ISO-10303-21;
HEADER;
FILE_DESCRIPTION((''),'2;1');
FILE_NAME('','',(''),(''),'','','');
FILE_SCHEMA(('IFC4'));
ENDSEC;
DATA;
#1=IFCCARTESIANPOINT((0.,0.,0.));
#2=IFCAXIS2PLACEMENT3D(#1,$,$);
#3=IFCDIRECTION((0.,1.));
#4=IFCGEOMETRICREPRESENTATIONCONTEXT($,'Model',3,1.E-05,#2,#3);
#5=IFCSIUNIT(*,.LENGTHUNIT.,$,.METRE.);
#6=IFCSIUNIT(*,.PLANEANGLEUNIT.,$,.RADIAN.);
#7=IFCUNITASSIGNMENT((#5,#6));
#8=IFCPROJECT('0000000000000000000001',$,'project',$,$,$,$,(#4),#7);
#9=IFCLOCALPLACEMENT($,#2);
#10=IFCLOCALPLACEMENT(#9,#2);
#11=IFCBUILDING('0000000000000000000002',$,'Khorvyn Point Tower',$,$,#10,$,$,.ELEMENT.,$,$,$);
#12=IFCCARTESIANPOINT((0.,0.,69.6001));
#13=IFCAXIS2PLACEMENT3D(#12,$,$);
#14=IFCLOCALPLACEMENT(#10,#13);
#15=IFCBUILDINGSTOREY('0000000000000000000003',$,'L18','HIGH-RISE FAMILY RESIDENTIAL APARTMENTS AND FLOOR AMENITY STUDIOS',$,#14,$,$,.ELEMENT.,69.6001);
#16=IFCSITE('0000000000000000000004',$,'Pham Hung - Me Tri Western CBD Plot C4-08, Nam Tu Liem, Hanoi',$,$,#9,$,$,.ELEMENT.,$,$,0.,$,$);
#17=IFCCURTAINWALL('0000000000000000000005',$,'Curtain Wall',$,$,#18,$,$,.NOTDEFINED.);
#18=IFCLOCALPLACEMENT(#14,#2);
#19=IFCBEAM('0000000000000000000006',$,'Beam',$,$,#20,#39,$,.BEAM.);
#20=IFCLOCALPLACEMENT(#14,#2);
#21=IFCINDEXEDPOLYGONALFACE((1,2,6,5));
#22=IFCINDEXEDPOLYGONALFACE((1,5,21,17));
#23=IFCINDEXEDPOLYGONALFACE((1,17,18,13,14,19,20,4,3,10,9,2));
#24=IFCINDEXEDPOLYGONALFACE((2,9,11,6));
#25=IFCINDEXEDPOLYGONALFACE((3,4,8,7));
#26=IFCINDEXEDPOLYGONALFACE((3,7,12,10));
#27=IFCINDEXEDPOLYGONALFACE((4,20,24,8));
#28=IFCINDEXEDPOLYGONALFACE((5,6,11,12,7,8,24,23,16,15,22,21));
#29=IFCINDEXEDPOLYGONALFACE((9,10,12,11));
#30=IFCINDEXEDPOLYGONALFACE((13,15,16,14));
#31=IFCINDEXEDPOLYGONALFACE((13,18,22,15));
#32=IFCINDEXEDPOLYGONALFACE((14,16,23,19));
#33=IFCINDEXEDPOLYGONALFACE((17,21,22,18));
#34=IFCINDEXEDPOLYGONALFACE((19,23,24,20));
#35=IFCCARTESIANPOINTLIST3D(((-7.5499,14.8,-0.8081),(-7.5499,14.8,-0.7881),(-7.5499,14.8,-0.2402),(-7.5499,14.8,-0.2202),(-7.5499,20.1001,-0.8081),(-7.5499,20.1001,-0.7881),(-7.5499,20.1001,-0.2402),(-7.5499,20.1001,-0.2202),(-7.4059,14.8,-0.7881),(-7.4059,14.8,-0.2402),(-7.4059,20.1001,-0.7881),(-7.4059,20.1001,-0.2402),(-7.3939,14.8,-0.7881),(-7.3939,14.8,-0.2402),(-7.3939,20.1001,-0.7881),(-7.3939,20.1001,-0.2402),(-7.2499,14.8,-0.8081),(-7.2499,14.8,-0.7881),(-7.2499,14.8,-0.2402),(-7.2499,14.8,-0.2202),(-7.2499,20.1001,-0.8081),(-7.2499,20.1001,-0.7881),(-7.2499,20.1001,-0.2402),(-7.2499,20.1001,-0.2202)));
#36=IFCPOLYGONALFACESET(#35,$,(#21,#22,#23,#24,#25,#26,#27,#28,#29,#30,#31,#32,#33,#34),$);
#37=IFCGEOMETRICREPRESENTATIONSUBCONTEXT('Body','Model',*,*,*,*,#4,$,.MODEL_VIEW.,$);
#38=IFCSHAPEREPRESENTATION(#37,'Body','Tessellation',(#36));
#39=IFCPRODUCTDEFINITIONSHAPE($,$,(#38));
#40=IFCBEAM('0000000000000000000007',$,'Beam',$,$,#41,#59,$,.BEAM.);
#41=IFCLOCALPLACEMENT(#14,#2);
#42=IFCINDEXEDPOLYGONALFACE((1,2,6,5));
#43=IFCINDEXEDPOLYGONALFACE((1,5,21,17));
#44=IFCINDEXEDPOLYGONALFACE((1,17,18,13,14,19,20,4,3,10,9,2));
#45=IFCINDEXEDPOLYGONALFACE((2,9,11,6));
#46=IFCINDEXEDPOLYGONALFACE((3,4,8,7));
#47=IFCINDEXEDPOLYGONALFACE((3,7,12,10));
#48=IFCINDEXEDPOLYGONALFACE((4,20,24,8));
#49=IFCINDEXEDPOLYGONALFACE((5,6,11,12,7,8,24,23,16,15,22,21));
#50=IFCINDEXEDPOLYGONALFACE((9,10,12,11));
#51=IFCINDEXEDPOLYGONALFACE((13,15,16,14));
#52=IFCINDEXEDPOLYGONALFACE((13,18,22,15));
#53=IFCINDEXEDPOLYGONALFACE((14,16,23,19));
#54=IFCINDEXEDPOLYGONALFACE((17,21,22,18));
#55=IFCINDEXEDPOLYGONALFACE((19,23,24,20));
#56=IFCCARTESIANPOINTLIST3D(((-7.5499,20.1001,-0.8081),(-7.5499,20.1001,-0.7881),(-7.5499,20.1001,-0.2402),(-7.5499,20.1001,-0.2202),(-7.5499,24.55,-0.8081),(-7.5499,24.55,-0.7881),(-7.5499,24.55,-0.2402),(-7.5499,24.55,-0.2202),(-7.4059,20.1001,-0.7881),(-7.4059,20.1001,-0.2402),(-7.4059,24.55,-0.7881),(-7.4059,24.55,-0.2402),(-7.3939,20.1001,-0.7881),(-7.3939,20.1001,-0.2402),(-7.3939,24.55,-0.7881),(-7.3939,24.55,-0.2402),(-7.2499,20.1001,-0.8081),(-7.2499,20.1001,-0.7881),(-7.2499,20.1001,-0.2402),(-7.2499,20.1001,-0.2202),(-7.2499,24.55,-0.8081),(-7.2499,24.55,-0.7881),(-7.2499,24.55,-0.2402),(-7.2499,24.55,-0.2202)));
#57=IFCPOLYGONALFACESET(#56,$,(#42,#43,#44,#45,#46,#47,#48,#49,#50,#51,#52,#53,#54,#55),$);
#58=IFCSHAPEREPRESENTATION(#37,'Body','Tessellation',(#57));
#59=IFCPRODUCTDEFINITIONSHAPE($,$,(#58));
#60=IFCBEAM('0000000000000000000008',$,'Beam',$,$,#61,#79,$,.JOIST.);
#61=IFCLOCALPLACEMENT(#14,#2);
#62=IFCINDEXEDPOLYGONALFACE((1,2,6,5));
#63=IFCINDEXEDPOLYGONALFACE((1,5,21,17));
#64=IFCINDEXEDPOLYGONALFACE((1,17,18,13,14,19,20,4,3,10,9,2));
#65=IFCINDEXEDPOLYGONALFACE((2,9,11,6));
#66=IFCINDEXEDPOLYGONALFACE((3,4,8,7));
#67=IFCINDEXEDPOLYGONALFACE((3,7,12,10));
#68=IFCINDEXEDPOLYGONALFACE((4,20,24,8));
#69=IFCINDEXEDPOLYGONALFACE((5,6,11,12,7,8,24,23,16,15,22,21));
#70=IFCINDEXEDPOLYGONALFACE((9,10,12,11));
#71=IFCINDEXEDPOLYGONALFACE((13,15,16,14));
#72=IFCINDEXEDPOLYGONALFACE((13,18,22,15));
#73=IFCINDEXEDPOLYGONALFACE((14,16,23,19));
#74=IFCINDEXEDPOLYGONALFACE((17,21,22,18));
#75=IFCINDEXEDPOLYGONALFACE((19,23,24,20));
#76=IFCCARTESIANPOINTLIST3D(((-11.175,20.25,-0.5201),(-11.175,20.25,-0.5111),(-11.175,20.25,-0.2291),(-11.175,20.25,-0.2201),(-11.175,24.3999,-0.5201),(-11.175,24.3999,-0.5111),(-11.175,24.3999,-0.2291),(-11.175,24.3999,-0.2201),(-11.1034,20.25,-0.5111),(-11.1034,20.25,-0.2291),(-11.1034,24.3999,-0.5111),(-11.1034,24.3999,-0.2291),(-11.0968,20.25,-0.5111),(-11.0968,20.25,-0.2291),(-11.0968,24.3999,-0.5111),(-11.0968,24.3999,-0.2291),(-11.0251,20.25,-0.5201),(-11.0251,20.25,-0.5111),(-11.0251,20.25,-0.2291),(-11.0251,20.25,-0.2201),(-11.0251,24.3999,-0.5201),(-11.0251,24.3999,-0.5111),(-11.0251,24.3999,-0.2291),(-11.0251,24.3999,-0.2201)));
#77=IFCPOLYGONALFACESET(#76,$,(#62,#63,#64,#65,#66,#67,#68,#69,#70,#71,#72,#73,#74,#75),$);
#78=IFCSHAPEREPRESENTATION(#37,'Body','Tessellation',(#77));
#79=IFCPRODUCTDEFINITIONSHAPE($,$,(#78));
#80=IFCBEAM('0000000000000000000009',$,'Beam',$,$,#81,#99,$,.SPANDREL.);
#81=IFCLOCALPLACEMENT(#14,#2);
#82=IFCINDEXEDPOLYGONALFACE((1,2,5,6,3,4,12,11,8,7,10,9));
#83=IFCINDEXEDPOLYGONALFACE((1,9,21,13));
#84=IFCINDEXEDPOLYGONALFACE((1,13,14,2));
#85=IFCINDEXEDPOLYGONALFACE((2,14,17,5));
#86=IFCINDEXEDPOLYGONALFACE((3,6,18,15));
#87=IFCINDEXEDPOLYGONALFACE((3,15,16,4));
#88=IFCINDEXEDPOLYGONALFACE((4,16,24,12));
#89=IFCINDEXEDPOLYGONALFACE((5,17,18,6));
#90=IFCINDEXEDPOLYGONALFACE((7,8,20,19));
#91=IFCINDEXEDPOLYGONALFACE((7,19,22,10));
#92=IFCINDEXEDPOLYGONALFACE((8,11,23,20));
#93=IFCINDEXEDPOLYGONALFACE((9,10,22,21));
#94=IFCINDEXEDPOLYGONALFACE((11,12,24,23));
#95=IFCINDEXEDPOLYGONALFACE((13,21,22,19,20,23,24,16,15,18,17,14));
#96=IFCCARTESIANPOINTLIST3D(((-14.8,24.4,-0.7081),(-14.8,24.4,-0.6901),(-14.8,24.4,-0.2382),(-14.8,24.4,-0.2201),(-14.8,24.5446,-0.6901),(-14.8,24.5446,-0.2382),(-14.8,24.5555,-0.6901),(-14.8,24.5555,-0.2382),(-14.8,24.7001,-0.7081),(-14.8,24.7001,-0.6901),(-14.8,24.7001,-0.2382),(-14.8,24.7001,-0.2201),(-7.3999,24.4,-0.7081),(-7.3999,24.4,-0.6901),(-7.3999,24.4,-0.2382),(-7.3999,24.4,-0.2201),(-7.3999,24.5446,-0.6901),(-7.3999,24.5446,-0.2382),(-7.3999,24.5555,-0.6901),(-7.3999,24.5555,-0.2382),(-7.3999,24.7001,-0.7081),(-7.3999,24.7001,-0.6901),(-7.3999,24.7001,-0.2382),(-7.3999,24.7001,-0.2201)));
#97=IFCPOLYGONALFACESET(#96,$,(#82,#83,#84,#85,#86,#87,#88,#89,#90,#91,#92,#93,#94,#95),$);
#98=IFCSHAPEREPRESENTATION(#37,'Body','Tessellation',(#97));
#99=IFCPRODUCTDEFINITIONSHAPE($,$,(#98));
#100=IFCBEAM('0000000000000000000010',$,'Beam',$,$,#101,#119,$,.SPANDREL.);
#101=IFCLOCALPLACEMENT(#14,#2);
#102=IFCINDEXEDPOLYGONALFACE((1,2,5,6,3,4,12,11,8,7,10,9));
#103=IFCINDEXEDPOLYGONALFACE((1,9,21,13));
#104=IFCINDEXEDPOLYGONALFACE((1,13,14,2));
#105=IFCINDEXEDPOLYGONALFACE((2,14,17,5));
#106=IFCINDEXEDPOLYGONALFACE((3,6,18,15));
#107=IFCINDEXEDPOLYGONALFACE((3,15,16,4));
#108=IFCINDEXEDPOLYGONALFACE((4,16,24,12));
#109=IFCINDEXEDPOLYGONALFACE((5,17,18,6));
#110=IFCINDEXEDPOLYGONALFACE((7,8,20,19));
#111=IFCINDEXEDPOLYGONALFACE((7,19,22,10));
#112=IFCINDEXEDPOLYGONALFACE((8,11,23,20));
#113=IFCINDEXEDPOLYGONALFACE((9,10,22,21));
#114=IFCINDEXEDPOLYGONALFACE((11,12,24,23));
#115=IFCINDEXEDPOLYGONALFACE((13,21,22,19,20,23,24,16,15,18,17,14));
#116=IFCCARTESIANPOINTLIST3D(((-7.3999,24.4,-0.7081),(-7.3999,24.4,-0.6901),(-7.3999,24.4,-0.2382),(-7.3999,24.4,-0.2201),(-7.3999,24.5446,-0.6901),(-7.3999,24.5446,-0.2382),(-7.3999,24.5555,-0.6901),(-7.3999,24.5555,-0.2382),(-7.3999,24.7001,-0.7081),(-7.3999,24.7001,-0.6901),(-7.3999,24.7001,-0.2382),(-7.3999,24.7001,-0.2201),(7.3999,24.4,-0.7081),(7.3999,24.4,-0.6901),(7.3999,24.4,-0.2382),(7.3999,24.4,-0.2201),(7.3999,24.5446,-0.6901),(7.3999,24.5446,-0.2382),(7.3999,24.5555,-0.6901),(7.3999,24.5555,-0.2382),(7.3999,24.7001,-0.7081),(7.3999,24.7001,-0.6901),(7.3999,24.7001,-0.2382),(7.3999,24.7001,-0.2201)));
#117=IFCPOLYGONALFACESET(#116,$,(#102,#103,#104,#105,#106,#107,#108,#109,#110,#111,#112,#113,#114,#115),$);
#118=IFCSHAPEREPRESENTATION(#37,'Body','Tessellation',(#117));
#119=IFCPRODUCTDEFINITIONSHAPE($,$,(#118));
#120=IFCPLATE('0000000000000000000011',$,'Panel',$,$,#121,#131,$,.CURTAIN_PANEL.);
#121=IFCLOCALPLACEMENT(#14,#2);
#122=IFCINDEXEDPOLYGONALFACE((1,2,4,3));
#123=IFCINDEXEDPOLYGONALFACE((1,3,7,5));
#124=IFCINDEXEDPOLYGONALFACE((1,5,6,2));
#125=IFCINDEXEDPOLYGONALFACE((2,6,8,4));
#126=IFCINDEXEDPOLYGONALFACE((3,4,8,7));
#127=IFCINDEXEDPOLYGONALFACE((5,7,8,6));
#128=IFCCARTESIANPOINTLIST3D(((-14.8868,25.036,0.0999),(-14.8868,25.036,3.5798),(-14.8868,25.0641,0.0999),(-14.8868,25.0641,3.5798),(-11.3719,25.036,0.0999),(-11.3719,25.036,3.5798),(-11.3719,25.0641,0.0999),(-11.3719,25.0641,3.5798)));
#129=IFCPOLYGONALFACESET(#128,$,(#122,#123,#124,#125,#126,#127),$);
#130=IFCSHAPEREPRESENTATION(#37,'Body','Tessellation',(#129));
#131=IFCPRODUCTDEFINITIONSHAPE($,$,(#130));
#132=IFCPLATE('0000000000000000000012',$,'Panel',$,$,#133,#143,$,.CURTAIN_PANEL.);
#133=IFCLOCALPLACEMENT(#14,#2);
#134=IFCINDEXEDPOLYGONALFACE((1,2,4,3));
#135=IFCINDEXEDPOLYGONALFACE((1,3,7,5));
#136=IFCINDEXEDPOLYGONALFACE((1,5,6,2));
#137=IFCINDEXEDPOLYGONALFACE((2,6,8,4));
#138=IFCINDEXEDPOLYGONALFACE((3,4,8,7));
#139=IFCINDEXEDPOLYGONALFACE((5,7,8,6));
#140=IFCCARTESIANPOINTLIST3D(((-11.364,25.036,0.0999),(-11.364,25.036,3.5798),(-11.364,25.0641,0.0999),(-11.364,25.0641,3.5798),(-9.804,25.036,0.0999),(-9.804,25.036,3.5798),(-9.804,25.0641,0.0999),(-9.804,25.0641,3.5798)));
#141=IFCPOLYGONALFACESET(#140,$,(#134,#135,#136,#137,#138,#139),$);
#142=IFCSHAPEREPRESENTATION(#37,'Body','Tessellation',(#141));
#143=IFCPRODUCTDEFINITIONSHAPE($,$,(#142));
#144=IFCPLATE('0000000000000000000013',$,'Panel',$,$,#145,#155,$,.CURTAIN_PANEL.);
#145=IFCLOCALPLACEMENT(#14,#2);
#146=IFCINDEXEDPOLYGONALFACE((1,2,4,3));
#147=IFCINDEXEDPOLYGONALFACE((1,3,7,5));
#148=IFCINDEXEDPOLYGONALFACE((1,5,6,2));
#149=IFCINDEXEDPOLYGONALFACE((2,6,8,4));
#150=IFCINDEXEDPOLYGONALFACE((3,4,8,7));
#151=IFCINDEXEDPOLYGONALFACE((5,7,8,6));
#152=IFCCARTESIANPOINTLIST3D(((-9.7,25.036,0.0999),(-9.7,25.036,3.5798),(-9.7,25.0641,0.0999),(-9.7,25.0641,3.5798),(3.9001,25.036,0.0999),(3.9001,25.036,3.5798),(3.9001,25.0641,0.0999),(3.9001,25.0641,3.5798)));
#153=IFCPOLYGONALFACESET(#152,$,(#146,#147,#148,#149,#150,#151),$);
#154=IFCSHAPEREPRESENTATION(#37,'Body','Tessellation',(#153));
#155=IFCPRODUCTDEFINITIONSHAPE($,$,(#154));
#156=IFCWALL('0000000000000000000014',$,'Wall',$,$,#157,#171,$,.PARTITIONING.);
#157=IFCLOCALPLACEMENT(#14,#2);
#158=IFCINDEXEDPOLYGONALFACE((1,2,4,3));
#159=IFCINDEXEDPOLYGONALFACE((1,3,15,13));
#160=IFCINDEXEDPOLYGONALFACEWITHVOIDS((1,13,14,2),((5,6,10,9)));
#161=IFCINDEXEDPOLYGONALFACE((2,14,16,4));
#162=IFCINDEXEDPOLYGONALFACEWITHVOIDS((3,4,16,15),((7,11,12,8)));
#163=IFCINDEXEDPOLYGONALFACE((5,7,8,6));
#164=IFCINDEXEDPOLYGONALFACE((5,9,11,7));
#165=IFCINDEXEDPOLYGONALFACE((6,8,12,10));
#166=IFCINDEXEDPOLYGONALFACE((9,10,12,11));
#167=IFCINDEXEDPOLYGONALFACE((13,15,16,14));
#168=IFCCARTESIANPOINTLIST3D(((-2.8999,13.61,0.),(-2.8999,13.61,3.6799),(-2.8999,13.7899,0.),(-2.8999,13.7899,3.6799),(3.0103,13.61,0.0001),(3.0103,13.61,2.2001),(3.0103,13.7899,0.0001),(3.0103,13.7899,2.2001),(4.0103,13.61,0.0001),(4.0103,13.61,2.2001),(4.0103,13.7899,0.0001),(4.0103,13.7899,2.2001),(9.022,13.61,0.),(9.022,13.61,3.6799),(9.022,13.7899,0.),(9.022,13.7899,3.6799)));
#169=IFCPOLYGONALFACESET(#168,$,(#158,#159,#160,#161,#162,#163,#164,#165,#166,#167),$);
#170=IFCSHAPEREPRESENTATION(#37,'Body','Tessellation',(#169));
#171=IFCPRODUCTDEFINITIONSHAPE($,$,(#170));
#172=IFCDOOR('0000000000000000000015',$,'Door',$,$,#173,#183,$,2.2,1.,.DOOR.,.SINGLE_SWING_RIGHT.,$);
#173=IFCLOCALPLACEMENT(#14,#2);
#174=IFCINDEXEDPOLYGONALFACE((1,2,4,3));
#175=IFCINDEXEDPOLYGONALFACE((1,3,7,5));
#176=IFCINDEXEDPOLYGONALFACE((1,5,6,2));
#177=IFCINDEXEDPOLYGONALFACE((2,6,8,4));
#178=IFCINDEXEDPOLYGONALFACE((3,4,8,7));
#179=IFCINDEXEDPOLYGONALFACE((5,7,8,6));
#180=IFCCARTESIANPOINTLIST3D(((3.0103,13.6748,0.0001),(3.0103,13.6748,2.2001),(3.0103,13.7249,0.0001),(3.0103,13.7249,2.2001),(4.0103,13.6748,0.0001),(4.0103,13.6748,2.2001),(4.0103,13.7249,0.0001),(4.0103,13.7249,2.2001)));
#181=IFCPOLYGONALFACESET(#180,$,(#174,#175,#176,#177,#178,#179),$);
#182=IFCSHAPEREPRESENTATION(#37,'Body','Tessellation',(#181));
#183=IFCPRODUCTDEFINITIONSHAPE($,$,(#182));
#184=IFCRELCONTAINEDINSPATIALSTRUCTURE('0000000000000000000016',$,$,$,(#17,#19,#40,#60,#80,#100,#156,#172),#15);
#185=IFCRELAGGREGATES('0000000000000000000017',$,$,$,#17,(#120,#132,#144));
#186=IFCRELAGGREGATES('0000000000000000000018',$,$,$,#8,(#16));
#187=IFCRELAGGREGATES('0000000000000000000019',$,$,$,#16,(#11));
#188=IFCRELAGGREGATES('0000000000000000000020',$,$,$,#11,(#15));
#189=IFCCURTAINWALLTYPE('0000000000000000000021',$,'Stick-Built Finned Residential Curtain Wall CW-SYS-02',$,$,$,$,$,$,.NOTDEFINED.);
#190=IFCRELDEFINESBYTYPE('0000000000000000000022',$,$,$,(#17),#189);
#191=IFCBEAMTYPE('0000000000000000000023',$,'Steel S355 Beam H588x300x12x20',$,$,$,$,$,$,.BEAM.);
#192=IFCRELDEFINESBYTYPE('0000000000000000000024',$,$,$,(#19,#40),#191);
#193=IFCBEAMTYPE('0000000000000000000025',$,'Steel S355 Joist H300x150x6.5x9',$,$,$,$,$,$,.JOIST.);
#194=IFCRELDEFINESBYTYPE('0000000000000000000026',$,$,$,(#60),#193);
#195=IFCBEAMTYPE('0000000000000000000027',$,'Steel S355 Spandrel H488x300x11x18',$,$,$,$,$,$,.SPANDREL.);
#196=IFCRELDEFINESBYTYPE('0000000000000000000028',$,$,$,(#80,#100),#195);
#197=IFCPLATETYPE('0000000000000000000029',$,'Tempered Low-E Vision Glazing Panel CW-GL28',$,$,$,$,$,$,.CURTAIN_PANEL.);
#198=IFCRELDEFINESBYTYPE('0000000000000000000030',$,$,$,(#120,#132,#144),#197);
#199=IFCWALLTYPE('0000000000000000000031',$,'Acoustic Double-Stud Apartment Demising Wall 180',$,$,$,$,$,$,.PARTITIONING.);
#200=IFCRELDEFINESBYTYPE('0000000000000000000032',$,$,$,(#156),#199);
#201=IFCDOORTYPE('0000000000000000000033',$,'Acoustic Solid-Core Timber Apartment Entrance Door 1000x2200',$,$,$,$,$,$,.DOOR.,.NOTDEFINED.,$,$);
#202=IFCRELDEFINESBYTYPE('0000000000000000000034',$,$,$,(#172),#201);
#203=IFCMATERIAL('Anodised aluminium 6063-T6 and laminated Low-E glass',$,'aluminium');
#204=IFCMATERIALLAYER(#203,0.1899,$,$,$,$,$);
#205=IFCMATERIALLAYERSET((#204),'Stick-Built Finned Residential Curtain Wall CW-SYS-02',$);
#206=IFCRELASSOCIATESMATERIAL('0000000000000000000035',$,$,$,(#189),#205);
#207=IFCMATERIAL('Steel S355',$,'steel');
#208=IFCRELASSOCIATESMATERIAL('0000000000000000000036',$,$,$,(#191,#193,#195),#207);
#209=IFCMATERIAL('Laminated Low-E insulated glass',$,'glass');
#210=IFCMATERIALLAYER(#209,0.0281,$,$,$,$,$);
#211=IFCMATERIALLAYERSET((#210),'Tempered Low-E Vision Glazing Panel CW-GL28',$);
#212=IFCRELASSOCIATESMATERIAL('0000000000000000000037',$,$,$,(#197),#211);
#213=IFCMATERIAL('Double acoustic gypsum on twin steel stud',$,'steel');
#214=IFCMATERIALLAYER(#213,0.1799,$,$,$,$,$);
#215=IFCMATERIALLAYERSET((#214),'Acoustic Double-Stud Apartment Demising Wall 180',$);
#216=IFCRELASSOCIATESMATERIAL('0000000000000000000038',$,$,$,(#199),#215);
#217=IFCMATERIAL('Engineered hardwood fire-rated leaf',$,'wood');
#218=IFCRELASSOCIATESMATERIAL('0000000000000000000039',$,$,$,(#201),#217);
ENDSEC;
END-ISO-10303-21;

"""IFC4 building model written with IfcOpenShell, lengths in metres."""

from ifc_helpers import new_model, si_unit, direction, frame, frame_2d, origin, origin_2d, place, context, subcontext, project, spatial, rectangle, i_section, extrude, material, layer, layer_set, material_profile, profile_set, type_object, element, fill, aggregate, save


model = new_model("IFC4")

# Units and contexts
model_context = context("Model", 3, precision=1e-05, world=origin(), true_north=direction((0.0, 1.0)))
body_context = subcontext(model_context, "Body", "Model", "MODEL_VIEW")
ifc_project = project(units=[si_unit("LENGTHUNIT", "METRE"), si_unit("PLANEANGLEUNIT", "RADIAN")], contexts=[model_context])

# Site, building, storey
site_placement = place(None, origin())
site = spatial("IfcSite", under=ifc_project, at=site_placement, Name="Pham Hung - Me Tri Western CBD Plot C4-08, Nam Tu Liem, Hanoi", CompositionType="ELEMENT", RefElevation=0.0)
building_placement = place(site_placement, origin())
building = spatial("IfcBuilding", under=site, at=building_placement, Name="Khorvyn Point Tower", CompositionType="ELEMENT")
storey_placement = place(building_placement, frame((0.0, 0.0, 69.6001)))
storey = spatial("IfcBuildingStorey", under=building, at=storey_placement, Name="L18", Description="HIGH-RISE FAMILY RESIDENTIAL APARTMENTS AND FLOOR AMENITY STUDIOS", CompositionType="ELEMENT", Elevation=69.6001)

# Curtain wall
ifc_material_1 = material(Name="Anodised aluminium 6063-T6 and laminated Low-E glass", Category="aluminium")
ifc_layer_1 = layer(ifc_material_1, 0.1899)
ifc_layer_set_1 = layer_set([ifc_layer_1], Name="Stick-Built Finned Residential Curtain Wall CW-SYS-02")
curtain_wall_type = type_object("IfcCurtainWallType", Name="Stick-Built Finned Residential Curtain Wall CW-SYS-02", PredefinedType="NOTDEFINED", material=ifc_layer_set_1)
curtain_wall_placement = place(storey_placement, origin())
curtain_wall = element("IfcCurtainWall", 1, at=curtain_wall_placement, inside=storey, type_object=curtain_wall_type, Name="Curtain Wall", PredefinedType="NOTDEFINED")

# Beams
ifc_material_2 = material(Name="Steel S355", Category="steel")
ifc_material_profile_1 = material_profile(ifc_material_2, i_section(OverallWidth=0.3, OverallDepth=0.5879, WebThickness=0.012, FlangeThickness=0.02, at=origin_2d()))
ifc_profile_set_1 = profile_set([ifc_material_profile_1], Name="Steel S355 H588x300x12x20")
beam_type_1 = type_object("IfcBeamType", Name="Steel S355 Beam H588x300x12x20", PredefinedType="BEAM", material=ifc_profile_set_1)
beam_1_placement = place(storey_placement, frame((-7.3999, 14.8, -0.5142), z_axis=(0.0, 1.0, 0.0), x_axis=(-1.0, 0.0, 0.0)))
element("IfcBeam", 2, at=beam_1_placement, inside=storey, type_object=beam_type_1, Name="Beam", PredefinedType="BEAM", context=body_context, shape_type="SweptSolid", body=[
    extrude(i_section(OverallWidth=0.3, OverallDepth=0.5879, WebThickness=0.012, FlangeThickness=0.02, at=origin_2d()), origin(), (0.0, 0.0, 1.0), 5.3),
])
beam_2_placement = place(storey_placement, frame((-7.3999, 20.1001, -0.5142), z_axis=(0.0, 1.0, 0.0), x_axis=(-1.0, 0.0, 0.0)))
element("IfcBeam", 3, at=beam_2_placement, inside=storey, type_object=beam_type_1, Name="Beam", PredefinedType="BEAM", context=body_context, shape_type="SweptSolid", body=[
    extrude(i_section(OverallWidth=0.3, OverallDepth=0.5879, WebThickness=0.012, FlangeThickness=0.02, at=origin_2d()), origin(), (0.0, 0.0, 1.0), 4.45),
])
ifc_material_profile_2 = material_profile(ifc_material_2, i_section(OverallWidth=0.1499, OverallDepth=0.3, WebThickness=0.0066, FlangeThickness=0.009, at=origin_2d()))
ifc_profile_set_2 = profile_set([ifc_material_profile_2], Name="Steel S355 H300x150x6.5x9")
beam_type_2 = type_object("IfcBeamType", Name="Steel S355 Joist H300x150x6.5x9", PredefinedType="JOIST", material=ifc_profile_set_2)
beam_3_placement = place(storey_placement, frame((-11.1001, 20.25, -0.3701), z_axis=(0.0, 1.0, 0.0), x_axis=(-1.0, 0.0, 0.0)))
element("IfcBeam", 4, at=beam_3_placement, inside=storey, type_object=beam_type_2, Name="Beam", PredefinedType="JOIST", context=body_context, shape_type="SweptSolid", body=[
    extrude(i_section(OverallWidth=0.1499, OverallDepth=0.3, WebThickness=0.0066, FlangeThickness=0.009, at=origin_2d()), origin(), (0.0, 0.0, 1.0), 4.1499),
])
ifc_material_profile_3 = material_profile(ifc_material_2, i_section(OverallWidth=0.3, OverallDepth=0.488, WebThickness=0.011, FlangeThickness=0.0181, at=origin_2d()))
ifc_profile_set_3 = profile_set([ifc_material_profile_3], Name="Steel S355 H488x300x11x18")
beam_type_3 = type_object("IfcBeamType", Name="Steel S355 Spandrel H488x300x11x18", PredefinedType="SPANDREL", material=ifc_profile_set_3)
beam_4_placement = place(storey_placement, frame((-14.8, 24.55, -0.4641), z_axis=(1.0, 0.0, 0.0), x_axis=(0.0, 1.0, 0.0)))
element("IfcBeam", 5, at=beam_4_placement, inside=storey, type_object=beam_type_3, Name="Beam", PredefinedType="SPANDREL", context=body_context, shape_type="SweptSolid", body=[
    extrude(i_section(OverallWidth=0.3, OverallDepth=0.488, WebThickness=0.011, FlangeThickness=0.0181, at=origin_2d()), origin(), (0.0, 0.0, 1.0), 7.4001),
])
beam_5_placement = place(storey_placement, frame((-7.3999, 24.55, -0.4641), z_axis=(1.0, 0.0, 0.0), x_axis=(0.0, 1.0, 0.0)))
element("IfcBeam", 6, at=beam_5_placement, inside=storey, type_object=beam_type_3, Name="Beam", PredefinedType="SPANDREL", context=body_context, shape_type="SweptSolid", body=[
    extrude(i_section(OverallWidth=0.3, OverallDepth=0.488, WebThickness=0.011, FlangeThickness=0.0181, at=origin_2d()), origin(), (0.0, 0.0, 1.0), 14.7998),
])

# Plates
ifc_material_3 = material(Name="Laminated Low-E insulated glass", Category="glass")
ifc_layer_2 = layer(ifc_material_3, 0.0281)
ifc_layer_set_2 = layer_set([ifc_layer_2], Name="Tempered Low-E Vision Glazing Panel CW-GL28")
plate_type = type_object("IfcPlateType", Name="Tempered Low-E Vision Glazing Panel CW-GL28", PredefinedType="CURTAIN_PANEL", material=ifc_layer_set_2)
plate_1_placement = place(storey_placement, frame((-13.1294, 25.05, 0.0999), z_axis=(0.0, 0.0, 1.0), x_axis=(1.0, 0.0, 0.0)))
plate_1 = element("IfcPlate", 7, at=plate_1_placement, type_object=plate_type, Name="Panel", PredefinedType="CURTAIN_PANEL", context=body_context, shape_type="SweptSolid", body=[
    extrude(rectangle(XDim=3.5149, YDim=0.0281, at=origin_2d()), origin(), (0.0, 0.0, 1.0), 3.48),
])
plate_2_placement = place(storey_placement, frame((-10.584, 25.05, 0.0999), z_axis=(0.0, 0.0, 1.0), x_axis=(1.0, 0.0, 0.0)))
plate_2 = element("IfcPlate", 8, at=plate_2_placement, type_object=plate_type, Name="Panel", PredefinedType="CURTAIN_PANEL", context=body_context, shape_type="SweptSolid", body=[
    extrude(rectangle(XDim=1.5601, YDim=0.0281, at=origin_2d()), origin(), (0.0, 0.0, 1.0), 3.48),
])
plate_3_placement = place(storey_placement, frame((-2.8999, 25.05, 0.0999), z_axis=(0.0, 0.0, 1.0), x_axis=(1.0, 0.0, 0.0)))
plate_3 = element("IfcPlate", 9, at=plate_3_placement, type_object=plate_type, Name="Panel", PredefinedType="CURTAIN_PANEL", context=body_context, shape_type="SweptSolid", body=[
    extrude(rectangle(XDim=13.6001, YDim=0.0281, at=origin_2d()), origin(), (0.0, 0.0, 1.0), 3.48),
])
aggregate(curtain_wall, [plate_1, plate_2, plate_3])

# Wall, opening, door
ifc_material_4 = material(Name="Double acoustic gypsum on twin steel stud", Category="steel")
ifc_layer_3 = layer(ifc_material_4, 0.1799)
ifc_layer_set_3 = layer_set([ifc_layer_3], Name="Acoustic Double-Stud Apartment Demising Wall 180")
wall_type_1 = type_object("IfcWallType", Name="Acoustic Double-Stud Apartment Demising Wall 180", PredefinedType="PARTITIONING", material=ifc_layer_set_3)
wall_1_placement = place(storey_placement, frame((-2.8999, 13.7, 0.0), z_axis=(0.0, 0.0, 1.0), x_axis=(1.0, 0.0, 0.0)))
wall_1 = element("IfcWall", 10, at=wall_1_placement, inside=storey, type_object=wall_type_1, Name="Wall", PredefinedType="PARTITIONING", context=body_context, shape_type="SweptSolid", body=[
    extrude(rectangle(XDim=11.9219, YDim=0.1799, at=frame_2d((5.9609, 0.0))), origin(), (0.0, 0.0, 1.0), 3.6799),
])
opening_1_placement = place(wall_1_placement, frame((5.9102, 0.0, 0.0)))
opening_1 = element("IfcOpeningElement", 11, at=opening_1_placement, cuts=wall_1, PredefinedType="OPENING", context=body_context, shape_type="SweptSolid", body=[
    extrude(rectangle(XDim=1.0, YDim=2.2, at=frame_2d((0.5, 1.1001))), frame((0.0, 0.0999, 0.0), z_axis=(0.0, -1.0, 0.0), x_axis=(1.0, 0.0, 0.0)), (0.0, 0.0, 1.0), 0.2),
])
ifc_material_5 = material(Name="Engineered hardwood fire-rated leaf", Category="wood")
door_type_1 = type_object("IfcDoorType", Name="Acoustic Solid-Core Timber Apartment Entrance Door 1000x2200", OperationType="NOTDEFINED", PredefinedType="DOOR", material=ifc_material_5)
door_1_placement = place(opening_1_placement, origin())
door_1 = element("IfcDoor", 12, at=door_1_placement, inside=storey, type_object=door_type_1, Name="Door", OperationType="SINGLE_SWING_RIGHT", OverallHeight=2.2, OverallWidth=1.0, PredefinedType="DOOR", context=body_context, shape_type="SweptSolid", body=[
    extrude(rectangle(XDim=1.0, YDim=2.2, at=frame_2d((0.5, 1.1001))), frame((0.0, 0.0249, 0.0), z_axis=(0.0, -1.0, 0.0), x_axis=(1.0, 0.0, 0.0)), (0.0, 0.0, 1.0), 0.05),
])
fill(opening_1, door_1)

save(model, "model.ifc")
